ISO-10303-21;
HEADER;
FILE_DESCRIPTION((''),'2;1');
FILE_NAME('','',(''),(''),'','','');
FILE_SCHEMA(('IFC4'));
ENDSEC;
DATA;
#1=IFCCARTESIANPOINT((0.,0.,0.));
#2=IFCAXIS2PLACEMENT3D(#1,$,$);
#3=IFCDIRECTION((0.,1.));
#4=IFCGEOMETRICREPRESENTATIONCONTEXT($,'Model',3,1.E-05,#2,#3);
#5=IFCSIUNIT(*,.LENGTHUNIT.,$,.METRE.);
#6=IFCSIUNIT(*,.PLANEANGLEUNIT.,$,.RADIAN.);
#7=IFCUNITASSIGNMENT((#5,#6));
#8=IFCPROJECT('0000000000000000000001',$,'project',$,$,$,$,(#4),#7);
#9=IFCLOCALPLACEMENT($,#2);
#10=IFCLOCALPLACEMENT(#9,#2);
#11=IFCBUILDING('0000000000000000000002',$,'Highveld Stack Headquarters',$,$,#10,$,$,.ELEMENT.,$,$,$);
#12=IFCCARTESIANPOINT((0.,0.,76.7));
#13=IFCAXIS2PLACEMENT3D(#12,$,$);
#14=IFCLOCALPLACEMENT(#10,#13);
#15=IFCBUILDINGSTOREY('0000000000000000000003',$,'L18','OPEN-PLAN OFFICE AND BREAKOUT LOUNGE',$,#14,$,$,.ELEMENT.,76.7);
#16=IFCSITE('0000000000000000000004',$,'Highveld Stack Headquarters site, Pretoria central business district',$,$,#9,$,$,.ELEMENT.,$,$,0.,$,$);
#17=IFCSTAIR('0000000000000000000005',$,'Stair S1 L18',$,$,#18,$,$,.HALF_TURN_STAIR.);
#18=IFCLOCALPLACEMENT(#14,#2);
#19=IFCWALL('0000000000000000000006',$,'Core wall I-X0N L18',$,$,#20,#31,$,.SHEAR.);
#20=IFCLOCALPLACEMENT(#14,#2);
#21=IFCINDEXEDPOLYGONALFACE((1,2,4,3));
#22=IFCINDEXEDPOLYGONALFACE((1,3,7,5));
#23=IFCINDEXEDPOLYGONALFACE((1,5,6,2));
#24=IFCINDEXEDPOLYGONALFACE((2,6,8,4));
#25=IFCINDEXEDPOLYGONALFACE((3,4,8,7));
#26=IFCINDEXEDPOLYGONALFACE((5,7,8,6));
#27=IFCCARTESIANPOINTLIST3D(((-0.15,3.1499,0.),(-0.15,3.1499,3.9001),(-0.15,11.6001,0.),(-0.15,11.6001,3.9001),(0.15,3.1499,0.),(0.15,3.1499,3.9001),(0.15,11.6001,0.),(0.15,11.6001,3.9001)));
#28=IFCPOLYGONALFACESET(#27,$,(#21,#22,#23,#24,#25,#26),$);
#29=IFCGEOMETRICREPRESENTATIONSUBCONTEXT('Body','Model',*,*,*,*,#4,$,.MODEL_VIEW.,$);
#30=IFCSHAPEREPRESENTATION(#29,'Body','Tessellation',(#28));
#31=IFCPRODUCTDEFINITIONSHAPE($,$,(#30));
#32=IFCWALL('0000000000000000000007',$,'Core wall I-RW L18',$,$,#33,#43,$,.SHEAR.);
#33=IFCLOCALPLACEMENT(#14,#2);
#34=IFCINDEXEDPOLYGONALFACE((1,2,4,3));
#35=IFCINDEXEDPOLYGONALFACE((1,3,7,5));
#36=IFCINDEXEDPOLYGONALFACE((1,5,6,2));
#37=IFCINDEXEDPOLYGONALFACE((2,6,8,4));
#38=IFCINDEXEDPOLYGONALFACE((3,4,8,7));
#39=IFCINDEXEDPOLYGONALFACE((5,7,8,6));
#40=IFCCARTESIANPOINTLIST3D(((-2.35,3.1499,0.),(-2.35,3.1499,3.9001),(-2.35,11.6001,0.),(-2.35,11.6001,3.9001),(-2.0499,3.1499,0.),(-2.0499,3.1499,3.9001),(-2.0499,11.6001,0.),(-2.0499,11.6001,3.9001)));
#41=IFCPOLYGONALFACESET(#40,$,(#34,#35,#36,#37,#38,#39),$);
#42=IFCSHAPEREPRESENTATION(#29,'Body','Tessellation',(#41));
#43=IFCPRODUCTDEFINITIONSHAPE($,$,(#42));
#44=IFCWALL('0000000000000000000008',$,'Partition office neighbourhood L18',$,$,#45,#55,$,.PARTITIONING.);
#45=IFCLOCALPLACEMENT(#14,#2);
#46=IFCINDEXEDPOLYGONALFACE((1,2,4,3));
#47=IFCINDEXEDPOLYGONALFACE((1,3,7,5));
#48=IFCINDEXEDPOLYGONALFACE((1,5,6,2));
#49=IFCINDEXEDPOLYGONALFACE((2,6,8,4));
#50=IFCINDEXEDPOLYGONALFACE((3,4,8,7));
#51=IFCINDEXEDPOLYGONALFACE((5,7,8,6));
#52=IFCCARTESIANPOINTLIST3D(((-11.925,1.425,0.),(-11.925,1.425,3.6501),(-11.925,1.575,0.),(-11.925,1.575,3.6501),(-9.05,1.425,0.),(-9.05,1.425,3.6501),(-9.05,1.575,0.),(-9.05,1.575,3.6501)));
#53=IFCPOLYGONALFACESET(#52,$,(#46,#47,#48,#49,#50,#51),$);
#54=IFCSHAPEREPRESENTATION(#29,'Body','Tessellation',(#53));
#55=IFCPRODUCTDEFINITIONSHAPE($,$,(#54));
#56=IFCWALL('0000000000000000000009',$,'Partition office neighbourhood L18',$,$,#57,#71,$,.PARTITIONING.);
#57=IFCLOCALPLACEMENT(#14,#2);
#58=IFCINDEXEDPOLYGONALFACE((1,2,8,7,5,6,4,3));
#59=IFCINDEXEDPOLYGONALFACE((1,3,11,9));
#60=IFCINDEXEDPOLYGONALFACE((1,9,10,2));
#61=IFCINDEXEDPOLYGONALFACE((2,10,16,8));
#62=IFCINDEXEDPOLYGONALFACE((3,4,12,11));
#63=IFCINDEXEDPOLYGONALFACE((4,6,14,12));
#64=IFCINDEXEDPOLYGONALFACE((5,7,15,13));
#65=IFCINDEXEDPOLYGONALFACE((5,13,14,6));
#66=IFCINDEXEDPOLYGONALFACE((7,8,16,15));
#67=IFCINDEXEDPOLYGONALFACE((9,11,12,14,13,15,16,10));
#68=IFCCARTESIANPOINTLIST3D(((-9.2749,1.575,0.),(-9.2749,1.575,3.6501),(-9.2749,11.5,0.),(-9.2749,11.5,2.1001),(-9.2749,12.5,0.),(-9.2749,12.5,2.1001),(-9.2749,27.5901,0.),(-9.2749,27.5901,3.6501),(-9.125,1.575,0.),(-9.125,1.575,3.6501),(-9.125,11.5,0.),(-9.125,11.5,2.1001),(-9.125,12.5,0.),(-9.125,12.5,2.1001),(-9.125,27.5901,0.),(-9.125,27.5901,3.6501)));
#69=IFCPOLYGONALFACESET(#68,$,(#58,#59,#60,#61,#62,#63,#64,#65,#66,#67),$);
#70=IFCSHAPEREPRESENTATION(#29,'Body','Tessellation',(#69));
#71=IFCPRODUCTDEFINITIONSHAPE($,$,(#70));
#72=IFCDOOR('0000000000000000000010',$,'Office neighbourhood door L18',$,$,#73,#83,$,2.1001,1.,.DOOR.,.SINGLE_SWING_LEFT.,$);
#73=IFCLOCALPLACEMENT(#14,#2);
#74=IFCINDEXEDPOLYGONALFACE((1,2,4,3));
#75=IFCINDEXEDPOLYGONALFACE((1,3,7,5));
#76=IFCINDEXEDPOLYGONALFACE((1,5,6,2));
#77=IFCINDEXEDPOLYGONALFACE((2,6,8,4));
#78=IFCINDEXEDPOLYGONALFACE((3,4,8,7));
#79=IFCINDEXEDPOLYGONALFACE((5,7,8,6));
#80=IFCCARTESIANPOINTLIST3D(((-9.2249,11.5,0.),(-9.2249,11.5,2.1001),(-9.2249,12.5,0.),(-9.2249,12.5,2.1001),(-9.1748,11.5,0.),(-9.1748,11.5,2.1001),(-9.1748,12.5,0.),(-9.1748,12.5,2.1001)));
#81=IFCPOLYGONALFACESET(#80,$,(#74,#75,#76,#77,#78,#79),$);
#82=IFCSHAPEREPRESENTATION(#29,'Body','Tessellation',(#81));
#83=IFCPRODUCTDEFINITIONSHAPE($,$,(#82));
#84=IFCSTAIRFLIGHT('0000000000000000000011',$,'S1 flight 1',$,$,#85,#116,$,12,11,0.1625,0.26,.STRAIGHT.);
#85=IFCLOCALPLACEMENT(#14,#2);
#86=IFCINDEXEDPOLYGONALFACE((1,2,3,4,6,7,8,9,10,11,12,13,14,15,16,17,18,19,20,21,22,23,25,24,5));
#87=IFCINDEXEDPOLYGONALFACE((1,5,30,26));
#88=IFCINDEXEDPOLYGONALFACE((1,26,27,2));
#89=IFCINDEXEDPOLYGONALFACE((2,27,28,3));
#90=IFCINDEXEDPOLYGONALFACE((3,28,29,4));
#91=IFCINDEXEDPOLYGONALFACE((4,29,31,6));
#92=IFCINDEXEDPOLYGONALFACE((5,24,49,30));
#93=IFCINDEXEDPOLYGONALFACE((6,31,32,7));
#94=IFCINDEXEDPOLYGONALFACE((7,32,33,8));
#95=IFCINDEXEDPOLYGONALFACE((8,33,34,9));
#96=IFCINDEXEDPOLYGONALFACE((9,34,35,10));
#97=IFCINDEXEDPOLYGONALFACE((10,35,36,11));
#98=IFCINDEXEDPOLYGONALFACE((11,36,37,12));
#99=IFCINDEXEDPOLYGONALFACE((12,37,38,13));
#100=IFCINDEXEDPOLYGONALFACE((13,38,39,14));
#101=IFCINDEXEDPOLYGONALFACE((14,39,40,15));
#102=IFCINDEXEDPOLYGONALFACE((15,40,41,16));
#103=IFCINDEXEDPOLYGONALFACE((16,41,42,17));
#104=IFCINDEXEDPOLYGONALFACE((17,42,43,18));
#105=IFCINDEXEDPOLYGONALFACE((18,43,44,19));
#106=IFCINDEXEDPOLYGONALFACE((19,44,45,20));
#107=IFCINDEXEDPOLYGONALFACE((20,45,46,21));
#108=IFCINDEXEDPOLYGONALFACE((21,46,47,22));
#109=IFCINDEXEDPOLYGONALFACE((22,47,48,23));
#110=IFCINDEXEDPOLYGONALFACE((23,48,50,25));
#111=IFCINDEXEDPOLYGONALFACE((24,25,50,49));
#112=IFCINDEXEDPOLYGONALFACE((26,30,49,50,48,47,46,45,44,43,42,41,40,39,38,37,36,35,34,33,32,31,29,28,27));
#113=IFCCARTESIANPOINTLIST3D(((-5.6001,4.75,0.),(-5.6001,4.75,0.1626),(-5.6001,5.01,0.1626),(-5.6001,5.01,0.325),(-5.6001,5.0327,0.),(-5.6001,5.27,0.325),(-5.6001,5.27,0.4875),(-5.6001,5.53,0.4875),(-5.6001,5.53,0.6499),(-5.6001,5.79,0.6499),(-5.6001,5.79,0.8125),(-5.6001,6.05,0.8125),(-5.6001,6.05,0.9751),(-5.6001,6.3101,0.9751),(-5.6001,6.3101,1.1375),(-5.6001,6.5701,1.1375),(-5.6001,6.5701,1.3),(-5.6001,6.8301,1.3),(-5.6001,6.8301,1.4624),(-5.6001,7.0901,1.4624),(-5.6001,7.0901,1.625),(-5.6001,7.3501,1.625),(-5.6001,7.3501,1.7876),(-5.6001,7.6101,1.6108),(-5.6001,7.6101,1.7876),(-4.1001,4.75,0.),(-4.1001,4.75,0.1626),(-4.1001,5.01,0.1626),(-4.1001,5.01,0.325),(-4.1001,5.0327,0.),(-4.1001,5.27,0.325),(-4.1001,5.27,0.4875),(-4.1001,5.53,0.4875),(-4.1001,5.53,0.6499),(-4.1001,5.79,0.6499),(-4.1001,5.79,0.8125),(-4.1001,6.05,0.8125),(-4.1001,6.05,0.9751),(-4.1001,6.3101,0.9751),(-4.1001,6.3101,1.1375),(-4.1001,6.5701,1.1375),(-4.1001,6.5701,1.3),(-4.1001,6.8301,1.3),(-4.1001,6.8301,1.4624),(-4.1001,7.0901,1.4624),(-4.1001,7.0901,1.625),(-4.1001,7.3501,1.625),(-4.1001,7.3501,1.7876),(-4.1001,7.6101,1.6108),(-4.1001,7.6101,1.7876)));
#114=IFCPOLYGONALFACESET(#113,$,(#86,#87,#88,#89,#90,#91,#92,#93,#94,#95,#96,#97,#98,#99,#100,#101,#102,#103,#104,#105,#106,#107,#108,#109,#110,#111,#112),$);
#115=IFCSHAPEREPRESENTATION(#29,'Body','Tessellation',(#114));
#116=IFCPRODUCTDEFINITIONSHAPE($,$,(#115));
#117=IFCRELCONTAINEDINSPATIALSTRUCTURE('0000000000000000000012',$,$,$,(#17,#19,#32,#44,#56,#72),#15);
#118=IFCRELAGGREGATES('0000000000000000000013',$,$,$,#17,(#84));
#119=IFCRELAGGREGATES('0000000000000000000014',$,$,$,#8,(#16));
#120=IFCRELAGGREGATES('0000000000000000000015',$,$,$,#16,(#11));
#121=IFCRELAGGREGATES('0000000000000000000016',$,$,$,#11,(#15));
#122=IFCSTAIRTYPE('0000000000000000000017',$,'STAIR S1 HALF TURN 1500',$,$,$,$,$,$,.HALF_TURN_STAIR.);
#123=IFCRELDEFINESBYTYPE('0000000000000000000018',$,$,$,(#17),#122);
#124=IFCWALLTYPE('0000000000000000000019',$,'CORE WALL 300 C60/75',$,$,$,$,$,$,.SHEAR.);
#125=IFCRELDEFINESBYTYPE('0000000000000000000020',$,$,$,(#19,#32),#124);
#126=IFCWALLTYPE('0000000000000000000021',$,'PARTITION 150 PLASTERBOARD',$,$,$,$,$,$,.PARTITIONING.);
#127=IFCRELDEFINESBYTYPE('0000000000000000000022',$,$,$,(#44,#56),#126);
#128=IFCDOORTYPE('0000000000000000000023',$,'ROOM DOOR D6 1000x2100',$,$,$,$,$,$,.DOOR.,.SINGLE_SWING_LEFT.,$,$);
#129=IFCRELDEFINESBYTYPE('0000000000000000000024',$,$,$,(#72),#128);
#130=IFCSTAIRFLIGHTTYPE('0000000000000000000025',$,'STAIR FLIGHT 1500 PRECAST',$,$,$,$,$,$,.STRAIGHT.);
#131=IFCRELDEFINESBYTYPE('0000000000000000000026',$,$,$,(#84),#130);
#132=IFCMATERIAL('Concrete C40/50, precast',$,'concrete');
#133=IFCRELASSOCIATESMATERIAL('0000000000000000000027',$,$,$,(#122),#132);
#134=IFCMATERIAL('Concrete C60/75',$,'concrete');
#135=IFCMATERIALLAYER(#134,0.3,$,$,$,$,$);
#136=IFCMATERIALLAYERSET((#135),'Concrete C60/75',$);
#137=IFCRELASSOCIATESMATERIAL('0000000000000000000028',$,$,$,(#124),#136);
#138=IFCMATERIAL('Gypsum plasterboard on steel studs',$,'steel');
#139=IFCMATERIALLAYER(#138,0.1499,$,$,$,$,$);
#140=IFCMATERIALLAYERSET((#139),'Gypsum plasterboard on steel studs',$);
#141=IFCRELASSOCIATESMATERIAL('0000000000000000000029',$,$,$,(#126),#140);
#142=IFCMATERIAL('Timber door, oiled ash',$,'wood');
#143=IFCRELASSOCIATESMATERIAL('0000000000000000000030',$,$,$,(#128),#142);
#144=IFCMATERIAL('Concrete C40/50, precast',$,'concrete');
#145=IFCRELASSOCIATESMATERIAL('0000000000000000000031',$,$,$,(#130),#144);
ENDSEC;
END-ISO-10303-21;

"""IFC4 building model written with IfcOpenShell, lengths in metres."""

from ifc_helpers import new_model, si_unit, direction, frame, frame_2d, origin, place, context, subcontext, project, spatial, polyline, rectangle, outline, extrude, material, layer, layer_set, type_object, element, fill, aggregate, save


model = new_model("IFC4")

# Units and contexts
model_context = context("Model", 3, precision=1e-05, world=origin(), true_north=direction((0.0, 1.0)))
body_context = subcontext(model_context, "Body", "Model", "MODEL_VIEW")
ifc_project = project(units=[si_unit("LENGTHUNIT", "METRE"), si_unit("PLANEANGLEUNIT", "RADIAN")], contexts=[model_context])

# Site, building, storey
site_placement = place(None, origin())
site = spatial("IfcSite", under=ifc_project, at=site_placement, Name="Highveld Stack Headquarters site, Pretoria central business district", CompositionType="ELEMENT", RefElevation=0.0)
building_placement = place(site_placement, origin())
building = spatial("IfcBuilding", under=site, at=building_placement, Name="Highveld Stack Headquarters", CompositionType="ELEMENT")
storey_placement = place(building_placement, frame((0.0, 0.0, 76.7)))
storey = spatial("IfcBuildingStorey", under=building, at=storey_placement, Name="L18", Description="OPEN-PLAN OFFICE AND BREAKOUT LOUNGE", CompositionType="ELEMENT", Elevation=76.7)

# Stair
ifc_material_1 = material(Name="Concrete C40/50, precast", Category="concrete")
stair_type_1 = type_object("IfcStairType", Name="STAIR S1 HALF TURN 1500", PredefinedType="HALF_TURN_STAIR", material=ifc_material_1)
stair_1_placement = place(storey_placement, origin())
stair_1 = element("IfcStair", 1, at=stair_1_placement, inside=storey, type_object=stair_type_1, Name="Stair S1 L18", PredefinedType="HALF_TURN_STAIR")

# Shared definitions
ifc_material_2 = material(Name="Concrete C60/75", Category="concrete")
ifc_layer_1 = layer(ifc_material_2, 0.3)
ifc_layer_set_1 = layer_set([ifc_layer_1], Name="Concrete C60/75")
wall_type_1 = type_object("IfcWallType", Name="CORE WALL 300 C60/75", PredefinedType="SHEAR", material=ifc_layer_set_1)

# Walls
for number, where, z_axis, x_axis, name in (
    (2, (0.0, 3.1499, 0.0), (0.0, 0.0, 1.0), (0.0, 1.0, 0.0), "Core wall I-X0N L18"),
    (3, (-2.2, 3.1499, 0.0), (0.0, 0.0, 1.0), (0.0, 1.0, 0.0), "Core wall I-RW L18"),
):
    element("IfcWall", number, at=place(storey_placement, frame(where, z_axis=z_axis, x_axis=x_axis)), inside=storey, type_object=wall_type_1, Name=name, PredefinedType="SHEAR", context=body_context, shape_type="SweptSolid", body=[
        extrude(rectangle(XDim=8.4502, YDim=0.3, at=frame_2d((4.2251, 0.0))), origin(), (0.0, 0.0, 1.0), 3.9001),
    ])
ifc_material_3 = material(Name="Gypsum plasterboard on steel studs", Category="steel")
ifc_layer_2 = layer(ifc_material_3, 0.1499)
ifc_layer_set_2 = layer_set([ifc_layer_2], Name="Gypsum plasterboard on steel studs")
wall_type_2 = type_object("IfcWallType", Name="PARTITION 150 PLASTERBOARD", PredefinedType="PARTITIONING", material=ifc_layer_set_2)
wall_1_placement = place(storey_placement, frame((-11.925, 1.5, 0.0), z_axis=(0.0, 0.0, 1.0), x_axis=(1.0, 0.0, 0.0)))
element("IfcWall", 4, at=wall_1_placement, inside=storey, type_object=wall_type_2, Name="Partition office neighbourhood L18", PredefinedType="PARTITIONING", context=body_context, shape_type="SweptSolid", body=[
    extrude(rectangle(XDim=2.875, YDim=0.1499, at=frame_2d((1.4375, 0.0))), origin(), (0.0, 0.0, 1.0), 3.6501),
])

# Wall, opening, door
wall_2_placement = place(storey_placement, frame((-9.2, 1.575, 0.0), z_axis=(0.0, 0.0, 1.0), x_axis=(0.0, 1.0, 0.0)))
wall_2 = element("IfcWall", 5, at=wall_2_placement, inside=storey, type_object=wall_type_2, Name="Partition office neighbourhood L18", PredefinedType="PARTITIONING", context=body_context, shape_type="SweptSolid", body=[
    extrude(rectangle(XDim=26.0151, YDim=0.1499, at=frame_2d((13.0076, 0.0))), origin(), (0.0, 0.0, 1.0), 3.6501),
])
opening_1_placement = place(wall_2_placement, frame((9.925, 0.0, 0.0)))
opening_1 = element("IfcOpeningElement", 6, at=opening_1_placement, cuts=wall_2, PredefinedType="OPENING", context=body_context, shape_type="SweptSolid", body=[
    extrude(rectangle(XDim=1.0, YDim=2.1001, at=frame_2d((0.5, 1.05))), frame((0.0, 0.085, 0.0), z_axis=(0.0, -1.0, 0.0), x_axis=(1.0, 0.0, 0.0)), (0.0, 0.0, 1.0), 0.1699),
])
ifc_material_4 = material(Name="Timber door, oiled ash", Category="wood")
door_type_1 = type_object("IfcDoorType", Name="ROOM DOOR D6 1000x2100", OperationType="SINGLE_SWING_LEFT", PredefinedType="DOOR", material=ifc_material_4)
door_1_placement = place(opening_1_placement, origin())
door_1 = element("IfcDoor", 7, at=door_1_placement, inside=storey, type_object=door_type_1, Name="Office neighbourhood door L18", OperationType="SINGLE_SWING_LEFT", OverallHeight=2.1001, OverallWidth=1.0, PredefinedType="DOOR", context=body_context, shape_type="SweptSolid", body=[
    extrude(rectangle(XDim=1.0, YDim=2.1001, at=frame_2d((0.5, 1.05))), frame((0.0, 0.0249, 0.0), z_axis=(0.0, -1.0, 0.0), x_axis=(1.0, 0.0, 0.0)), (0.0, 0.0, 1.0), 0.05),
])
fill(opening_1, door_1)

# Stair flight
ifc_material_5 = material(Name="Concrete C40/50, precast", Category="concrete")
stair_flight_type = type_object("IfcStairFlightType", Name="STAIR FLIGHT 1500 PRECAST", PredefinedType="STRAIGHT", material=ifc_material_5)
stair_flight_placement = place(storey_placement, frame((-4.8501, 4.75, 0.0), z_axis=(0.0, 0.0, 1.0), x_axis=(0.0, 1.0, 0.0)))
stair_flight = element("IfcStairFlight", 8, at=stair_flight_placement, type_object=stair_flight_type, Name="S1 flight 1", NumberOfRisers=12, NumberOfTreads=11, PredefinedType="STRAIGHT", RiserHeight=0.1625, TreadLength=0.26, context=body_context, shape_type="SweptSolid", body=[
    extrude(outline(polyline([(0.0, 0.0), (0.0, 0.1626), (0.26, 0.1626), (0.26, 0.325), (0.52, 0.325), (0.52, 0.4875), (0.78, 0.4875), (0.78, 0.6499), (1.04, 0.6499), (1.04, 0.8125), (1.3, 0.8125), (1.3, 0.9751), (1.5601, 0.9751), (1.5601, 1.1375), (1.8201, 1.1375), (1.8201, 1.3), (2.0801, 1.3), (2.0801, 1.4624), (2.3401, 1.4624), (2.3401, 1.625), (2.6001, 1.625), (2.6001, 1.7876), (2.8601, 1.7876), (2.8601, 1.95), (2.8601, 1.6108), (0.2827, 0.0), (0.0, 0.0)])), frame((0.0, 0.75, 0.0), z_axis=(0.0, -1.0, 0.0), x_axis=(1.0, 0.0, 0.0)), (0.0, 0.0, 1.0), 1.5),
])
aggregate(stair_1, [stair_flight])

save(model, "model.ifc")
